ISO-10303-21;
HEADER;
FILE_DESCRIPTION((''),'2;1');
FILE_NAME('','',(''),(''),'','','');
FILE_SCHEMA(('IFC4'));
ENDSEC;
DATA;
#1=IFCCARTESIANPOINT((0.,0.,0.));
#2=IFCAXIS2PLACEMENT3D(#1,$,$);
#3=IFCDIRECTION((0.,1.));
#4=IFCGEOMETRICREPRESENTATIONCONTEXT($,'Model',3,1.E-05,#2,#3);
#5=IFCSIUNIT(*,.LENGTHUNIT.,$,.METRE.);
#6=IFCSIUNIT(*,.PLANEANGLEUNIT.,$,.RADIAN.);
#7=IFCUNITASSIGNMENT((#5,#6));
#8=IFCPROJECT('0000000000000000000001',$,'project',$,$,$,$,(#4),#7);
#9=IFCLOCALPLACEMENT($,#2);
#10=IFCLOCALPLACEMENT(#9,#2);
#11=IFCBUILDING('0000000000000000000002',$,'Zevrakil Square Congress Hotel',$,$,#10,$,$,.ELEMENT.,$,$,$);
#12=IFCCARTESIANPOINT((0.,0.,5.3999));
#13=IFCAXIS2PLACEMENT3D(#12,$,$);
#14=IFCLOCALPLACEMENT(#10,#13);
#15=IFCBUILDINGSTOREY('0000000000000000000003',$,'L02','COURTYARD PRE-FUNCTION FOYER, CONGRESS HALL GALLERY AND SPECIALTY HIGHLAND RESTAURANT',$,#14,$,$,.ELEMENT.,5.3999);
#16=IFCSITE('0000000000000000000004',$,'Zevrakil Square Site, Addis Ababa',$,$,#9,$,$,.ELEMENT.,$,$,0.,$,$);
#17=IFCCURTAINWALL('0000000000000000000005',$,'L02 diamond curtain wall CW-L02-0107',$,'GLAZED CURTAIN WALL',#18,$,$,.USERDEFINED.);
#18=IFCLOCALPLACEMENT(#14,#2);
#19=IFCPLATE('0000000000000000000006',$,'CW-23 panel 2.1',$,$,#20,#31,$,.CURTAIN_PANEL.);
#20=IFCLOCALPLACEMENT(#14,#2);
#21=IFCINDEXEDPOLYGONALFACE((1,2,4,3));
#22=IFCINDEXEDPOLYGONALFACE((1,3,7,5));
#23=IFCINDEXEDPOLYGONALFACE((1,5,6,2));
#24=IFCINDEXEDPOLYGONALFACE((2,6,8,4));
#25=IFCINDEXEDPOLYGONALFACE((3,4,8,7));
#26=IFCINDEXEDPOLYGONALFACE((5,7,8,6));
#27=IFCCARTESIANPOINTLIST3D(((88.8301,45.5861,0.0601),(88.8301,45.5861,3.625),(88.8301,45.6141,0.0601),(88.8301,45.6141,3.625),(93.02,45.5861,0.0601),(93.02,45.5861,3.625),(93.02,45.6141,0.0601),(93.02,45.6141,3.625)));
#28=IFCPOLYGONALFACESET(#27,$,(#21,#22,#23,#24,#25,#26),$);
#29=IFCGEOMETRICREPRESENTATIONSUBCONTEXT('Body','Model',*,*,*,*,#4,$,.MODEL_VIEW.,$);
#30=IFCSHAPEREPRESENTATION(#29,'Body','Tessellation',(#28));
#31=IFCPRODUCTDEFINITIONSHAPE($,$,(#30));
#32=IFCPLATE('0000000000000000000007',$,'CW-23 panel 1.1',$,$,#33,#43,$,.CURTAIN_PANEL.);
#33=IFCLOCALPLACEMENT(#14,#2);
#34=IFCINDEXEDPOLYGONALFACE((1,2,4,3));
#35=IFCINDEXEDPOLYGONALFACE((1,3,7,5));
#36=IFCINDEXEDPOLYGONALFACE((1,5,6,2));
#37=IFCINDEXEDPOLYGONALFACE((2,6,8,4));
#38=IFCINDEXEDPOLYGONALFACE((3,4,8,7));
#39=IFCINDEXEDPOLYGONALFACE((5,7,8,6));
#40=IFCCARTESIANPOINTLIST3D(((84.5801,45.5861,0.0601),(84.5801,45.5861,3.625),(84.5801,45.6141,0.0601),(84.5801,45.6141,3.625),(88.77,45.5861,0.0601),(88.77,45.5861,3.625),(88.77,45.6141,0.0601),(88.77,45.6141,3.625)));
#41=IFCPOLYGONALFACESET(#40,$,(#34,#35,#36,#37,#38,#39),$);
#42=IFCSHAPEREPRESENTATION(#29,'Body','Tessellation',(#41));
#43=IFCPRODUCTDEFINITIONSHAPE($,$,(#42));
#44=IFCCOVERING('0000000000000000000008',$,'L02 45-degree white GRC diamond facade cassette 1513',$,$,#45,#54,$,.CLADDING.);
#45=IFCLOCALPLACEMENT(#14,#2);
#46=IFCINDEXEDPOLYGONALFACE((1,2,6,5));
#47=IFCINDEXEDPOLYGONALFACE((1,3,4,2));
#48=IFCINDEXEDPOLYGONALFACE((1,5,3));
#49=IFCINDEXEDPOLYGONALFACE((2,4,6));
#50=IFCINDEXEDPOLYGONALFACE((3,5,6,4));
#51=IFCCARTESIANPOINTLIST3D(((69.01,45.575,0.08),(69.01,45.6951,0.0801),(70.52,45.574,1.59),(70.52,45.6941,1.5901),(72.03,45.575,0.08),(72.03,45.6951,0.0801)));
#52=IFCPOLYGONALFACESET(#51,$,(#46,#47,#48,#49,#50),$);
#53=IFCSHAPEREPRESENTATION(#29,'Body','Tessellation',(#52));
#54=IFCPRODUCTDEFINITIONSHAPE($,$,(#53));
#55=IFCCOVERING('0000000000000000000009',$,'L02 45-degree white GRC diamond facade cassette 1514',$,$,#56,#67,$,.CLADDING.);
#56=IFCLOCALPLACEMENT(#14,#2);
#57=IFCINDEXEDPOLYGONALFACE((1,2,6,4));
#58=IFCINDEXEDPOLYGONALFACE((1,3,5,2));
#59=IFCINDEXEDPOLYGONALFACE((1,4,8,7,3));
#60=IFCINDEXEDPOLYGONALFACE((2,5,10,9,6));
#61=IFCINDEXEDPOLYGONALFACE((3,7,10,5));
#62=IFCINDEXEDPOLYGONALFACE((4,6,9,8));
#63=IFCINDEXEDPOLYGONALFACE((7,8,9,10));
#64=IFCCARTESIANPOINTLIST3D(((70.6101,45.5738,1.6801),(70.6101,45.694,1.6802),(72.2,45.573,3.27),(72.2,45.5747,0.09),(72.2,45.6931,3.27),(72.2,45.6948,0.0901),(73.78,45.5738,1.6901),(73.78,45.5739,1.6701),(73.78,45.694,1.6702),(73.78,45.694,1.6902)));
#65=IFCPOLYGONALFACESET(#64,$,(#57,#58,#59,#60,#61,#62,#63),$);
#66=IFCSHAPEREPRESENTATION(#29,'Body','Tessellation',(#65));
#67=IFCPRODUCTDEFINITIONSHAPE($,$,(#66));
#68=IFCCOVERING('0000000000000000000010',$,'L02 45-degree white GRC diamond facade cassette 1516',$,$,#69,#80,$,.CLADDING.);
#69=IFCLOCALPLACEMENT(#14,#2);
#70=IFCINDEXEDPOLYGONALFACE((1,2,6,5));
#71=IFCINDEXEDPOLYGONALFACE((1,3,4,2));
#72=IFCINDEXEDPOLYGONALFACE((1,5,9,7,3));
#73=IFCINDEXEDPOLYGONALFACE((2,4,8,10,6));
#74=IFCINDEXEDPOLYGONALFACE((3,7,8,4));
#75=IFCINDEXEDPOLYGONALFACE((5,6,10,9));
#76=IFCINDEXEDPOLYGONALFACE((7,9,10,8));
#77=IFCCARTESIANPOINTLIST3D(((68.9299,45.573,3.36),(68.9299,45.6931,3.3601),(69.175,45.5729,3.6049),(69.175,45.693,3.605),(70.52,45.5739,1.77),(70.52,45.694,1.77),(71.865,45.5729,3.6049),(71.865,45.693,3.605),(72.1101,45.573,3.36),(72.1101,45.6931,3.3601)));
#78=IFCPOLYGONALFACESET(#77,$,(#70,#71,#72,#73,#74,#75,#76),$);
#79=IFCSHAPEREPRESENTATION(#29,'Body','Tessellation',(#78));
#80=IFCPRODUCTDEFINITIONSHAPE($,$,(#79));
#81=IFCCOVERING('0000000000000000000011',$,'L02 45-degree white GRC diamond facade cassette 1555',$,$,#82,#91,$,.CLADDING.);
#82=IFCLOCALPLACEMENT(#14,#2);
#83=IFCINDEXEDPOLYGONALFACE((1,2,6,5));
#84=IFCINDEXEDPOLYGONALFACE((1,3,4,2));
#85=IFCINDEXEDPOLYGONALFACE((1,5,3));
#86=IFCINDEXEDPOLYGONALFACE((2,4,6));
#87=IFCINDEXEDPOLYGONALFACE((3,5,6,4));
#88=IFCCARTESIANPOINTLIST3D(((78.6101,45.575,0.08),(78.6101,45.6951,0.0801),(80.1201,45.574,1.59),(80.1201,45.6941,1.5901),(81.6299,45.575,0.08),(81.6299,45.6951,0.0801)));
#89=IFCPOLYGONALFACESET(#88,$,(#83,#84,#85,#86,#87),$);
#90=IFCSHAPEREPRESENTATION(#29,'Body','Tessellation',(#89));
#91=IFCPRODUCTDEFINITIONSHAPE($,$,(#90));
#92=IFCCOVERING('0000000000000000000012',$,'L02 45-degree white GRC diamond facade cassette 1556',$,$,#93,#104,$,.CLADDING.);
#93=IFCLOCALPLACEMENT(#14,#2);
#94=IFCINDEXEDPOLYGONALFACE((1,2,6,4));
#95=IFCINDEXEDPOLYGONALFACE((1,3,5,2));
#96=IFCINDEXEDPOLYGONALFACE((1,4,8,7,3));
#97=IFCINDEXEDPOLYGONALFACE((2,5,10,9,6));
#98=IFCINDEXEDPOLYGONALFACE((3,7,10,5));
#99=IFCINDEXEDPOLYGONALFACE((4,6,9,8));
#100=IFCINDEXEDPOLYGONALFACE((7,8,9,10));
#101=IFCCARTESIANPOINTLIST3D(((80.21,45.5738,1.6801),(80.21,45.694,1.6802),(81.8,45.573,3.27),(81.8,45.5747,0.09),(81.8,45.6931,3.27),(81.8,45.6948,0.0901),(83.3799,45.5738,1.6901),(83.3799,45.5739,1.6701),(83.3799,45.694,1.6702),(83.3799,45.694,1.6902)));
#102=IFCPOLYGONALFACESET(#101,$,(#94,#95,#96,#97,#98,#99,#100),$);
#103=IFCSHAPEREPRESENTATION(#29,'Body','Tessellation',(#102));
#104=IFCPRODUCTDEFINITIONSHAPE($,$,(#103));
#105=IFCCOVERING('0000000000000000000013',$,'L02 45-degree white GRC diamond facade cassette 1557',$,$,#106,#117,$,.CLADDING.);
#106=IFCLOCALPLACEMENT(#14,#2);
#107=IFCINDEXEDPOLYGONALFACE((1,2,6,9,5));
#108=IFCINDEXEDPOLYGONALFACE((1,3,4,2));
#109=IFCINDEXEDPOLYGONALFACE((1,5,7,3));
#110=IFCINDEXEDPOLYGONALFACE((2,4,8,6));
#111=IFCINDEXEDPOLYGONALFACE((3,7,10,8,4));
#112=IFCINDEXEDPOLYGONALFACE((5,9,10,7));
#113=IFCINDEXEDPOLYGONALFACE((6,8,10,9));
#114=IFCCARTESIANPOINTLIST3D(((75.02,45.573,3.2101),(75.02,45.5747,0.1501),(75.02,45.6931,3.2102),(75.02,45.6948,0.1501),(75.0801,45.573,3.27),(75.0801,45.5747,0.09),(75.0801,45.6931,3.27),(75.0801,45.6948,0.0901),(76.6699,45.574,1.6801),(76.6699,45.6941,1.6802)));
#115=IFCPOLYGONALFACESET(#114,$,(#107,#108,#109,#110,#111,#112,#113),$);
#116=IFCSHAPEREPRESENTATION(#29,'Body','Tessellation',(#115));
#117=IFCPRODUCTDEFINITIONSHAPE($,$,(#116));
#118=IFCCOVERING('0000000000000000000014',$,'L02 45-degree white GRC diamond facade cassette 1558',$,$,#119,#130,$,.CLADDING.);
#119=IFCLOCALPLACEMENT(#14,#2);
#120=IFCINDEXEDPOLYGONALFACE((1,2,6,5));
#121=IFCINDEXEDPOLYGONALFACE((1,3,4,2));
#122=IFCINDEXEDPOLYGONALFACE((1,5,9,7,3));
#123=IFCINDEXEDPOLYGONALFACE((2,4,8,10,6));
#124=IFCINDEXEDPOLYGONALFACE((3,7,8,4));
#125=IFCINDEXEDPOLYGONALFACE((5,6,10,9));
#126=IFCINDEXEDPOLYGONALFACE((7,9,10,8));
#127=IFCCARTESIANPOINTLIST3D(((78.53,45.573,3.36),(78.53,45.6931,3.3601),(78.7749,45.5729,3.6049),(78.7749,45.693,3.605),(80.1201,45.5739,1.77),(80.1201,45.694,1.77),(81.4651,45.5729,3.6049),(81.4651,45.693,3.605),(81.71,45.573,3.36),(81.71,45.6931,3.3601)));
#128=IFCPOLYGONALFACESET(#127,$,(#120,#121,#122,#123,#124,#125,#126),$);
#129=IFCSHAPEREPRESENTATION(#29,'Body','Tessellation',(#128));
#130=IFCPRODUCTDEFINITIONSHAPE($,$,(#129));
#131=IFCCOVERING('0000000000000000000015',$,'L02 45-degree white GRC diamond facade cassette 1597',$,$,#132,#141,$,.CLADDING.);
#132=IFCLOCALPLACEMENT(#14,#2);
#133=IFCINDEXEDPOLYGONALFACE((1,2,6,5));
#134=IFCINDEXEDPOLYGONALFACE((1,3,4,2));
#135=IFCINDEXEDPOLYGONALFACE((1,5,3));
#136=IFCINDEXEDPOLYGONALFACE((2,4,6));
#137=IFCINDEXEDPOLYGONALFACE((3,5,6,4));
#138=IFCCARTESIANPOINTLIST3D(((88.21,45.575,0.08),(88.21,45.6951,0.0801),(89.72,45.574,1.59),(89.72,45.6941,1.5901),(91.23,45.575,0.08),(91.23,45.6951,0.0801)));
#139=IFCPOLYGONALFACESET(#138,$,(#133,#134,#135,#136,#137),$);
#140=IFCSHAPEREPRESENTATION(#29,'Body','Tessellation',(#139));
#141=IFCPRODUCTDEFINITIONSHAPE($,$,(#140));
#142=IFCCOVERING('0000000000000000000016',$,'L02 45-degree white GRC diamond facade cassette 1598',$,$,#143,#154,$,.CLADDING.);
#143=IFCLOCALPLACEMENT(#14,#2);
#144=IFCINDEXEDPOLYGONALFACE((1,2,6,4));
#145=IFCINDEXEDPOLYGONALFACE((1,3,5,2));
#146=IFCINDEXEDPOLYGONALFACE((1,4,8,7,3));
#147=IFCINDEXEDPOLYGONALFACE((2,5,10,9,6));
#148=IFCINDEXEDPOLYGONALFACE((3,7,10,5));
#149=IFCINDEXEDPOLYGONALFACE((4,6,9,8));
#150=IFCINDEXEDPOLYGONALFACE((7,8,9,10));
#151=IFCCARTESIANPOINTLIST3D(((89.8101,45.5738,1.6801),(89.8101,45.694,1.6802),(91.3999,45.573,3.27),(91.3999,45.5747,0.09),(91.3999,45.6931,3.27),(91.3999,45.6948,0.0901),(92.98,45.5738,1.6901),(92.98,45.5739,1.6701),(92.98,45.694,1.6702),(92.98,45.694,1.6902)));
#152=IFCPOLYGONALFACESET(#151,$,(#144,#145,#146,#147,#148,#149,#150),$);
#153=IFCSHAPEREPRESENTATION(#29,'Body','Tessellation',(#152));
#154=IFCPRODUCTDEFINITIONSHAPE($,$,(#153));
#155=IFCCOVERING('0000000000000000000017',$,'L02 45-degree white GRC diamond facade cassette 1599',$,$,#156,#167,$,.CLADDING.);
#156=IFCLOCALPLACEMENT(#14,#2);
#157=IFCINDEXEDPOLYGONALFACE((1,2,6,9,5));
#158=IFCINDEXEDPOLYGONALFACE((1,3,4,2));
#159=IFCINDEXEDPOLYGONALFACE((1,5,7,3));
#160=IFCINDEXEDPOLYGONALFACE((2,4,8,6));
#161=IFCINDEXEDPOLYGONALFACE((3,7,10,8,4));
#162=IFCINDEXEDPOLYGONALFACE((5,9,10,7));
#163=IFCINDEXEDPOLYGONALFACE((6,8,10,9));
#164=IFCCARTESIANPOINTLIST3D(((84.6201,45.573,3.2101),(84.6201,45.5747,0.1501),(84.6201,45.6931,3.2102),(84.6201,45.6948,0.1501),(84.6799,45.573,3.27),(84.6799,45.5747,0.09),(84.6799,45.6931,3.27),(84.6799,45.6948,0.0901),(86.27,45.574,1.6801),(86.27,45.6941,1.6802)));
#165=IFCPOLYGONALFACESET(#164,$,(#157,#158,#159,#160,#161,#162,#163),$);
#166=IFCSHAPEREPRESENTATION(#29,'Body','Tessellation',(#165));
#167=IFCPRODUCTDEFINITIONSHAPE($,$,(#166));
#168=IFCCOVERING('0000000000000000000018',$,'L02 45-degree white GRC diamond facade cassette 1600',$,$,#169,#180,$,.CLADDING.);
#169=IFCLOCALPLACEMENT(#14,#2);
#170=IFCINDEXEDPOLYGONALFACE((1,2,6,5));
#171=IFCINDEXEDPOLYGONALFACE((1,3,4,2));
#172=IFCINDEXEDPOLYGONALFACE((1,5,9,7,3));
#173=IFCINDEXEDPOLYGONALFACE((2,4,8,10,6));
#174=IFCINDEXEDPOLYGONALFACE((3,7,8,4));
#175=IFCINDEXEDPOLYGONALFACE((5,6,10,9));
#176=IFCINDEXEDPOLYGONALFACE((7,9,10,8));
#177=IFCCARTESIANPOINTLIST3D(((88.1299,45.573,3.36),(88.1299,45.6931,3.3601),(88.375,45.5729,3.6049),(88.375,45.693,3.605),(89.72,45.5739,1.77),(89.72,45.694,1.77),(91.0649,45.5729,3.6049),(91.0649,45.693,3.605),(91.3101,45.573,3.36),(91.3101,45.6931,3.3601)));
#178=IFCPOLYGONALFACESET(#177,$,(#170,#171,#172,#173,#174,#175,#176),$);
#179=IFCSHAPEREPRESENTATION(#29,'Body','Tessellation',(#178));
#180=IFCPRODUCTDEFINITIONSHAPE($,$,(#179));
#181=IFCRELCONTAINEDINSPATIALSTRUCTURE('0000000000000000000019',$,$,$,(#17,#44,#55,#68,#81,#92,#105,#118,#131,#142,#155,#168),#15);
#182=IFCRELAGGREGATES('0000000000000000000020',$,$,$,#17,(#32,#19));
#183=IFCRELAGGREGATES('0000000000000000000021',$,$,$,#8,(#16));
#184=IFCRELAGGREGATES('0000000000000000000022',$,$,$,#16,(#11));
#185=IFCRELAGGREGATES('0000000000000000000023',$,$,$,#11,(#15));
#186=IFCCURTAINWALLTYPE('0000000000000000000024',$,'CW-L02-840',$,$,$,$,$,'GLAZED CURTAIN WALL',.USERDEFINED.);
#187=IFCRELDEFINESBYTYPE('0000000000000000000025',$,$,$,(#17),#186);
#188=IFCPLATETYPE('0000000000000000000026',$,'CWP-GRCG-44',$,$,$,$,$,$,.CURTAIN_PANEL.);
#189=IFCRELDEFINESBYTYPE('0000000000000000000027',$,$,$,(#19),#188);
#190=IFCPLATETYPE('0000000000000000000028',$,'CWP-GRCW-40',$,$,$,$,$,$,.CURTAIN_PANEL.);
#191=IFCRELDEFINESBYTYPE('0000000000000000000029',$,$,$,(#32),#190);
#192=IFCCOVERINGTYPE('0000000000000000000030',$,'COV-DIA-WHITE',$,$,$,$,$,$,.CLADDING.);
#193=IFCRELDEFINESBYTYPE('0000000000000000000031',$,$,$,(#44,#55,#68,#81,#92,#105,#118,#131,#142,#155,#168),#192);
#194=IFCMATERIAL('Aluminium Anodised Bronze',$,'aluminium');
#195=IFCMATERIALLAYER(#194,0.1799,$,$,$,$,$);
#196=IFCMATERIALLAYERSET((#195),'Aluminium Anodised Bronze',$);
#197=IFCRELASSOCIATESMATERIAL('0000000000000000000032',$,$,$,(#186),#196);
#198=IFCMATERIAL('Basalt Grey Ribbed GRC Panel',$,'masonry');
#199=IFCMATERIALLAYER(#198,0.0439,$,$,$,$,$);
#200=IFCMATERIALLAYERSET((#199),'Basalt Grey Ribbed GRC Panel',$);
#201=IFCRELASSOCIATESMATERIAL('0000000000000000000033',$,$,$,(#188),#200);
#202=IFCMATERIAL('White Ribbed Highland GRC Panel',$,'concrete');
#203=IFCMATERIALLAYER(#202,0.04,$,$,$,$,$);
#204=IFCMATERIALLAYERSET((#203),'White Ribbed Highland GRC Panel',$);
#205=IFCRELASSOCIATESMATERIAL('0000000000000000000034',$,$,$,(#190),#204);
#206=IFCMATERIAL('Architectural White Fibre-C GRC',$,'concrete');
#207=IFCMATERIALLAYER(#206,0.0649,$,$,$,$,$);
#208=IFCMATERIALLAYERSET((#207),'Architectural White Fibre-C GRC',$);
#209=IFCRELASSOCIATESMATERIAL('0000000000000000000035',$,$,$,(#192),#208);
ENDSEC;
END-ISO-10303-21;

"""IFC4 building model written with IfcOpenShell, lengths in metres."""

from ifc_helpers import new_model, si_unit, direction, frame, origin, origin_2d, place, context, subcontext, project, spatial, polyline, rectangle, outline, extrude, material, layer, layer_set, type_object, element, aggregate, save


model = new_model("IFC4")

# Units and contexts
model_context = context("Model", 3, precision=1e-05, world=origin(), true_north=direction((0.0, 1.0)))
body_context = subcontext(model_context, "Body", "Model", "MODEL_VIEW")
ifc_project = project(units=[si_unit("LENGTHUNIT", "METRE"), si_unit("PLANEANGLEUNIT", "RADIAN")], contexts=[model_context])

# Site, building, storey
site_placement = place(None, origin())
site = spatial("IfcSite", under=ifc_project, at=site_placement, Name="Zevrakil Square Site, Addis Ababa", CompositionType="ELEMENT", RefElevation=0.0)
building_placement = place(site_placement, origin())
building = spatial("IfcBuilding", under=site, at=building_placement, Name="Zevrakil Square Congress Hotel", CompositionType="ELEMENT")
storey_placement = place(building_placement, frame((0.0, 0.0, 5.3999)))
storey = spatial("IfcBuildingStorey", under=building, at=storey_placement, Name="L02", Description="COURTYARD PRE-FUNCTION FOYER, CONGRESS HALL GALLERY AND SPECIALTY HIGHLAND RESTAURANT", CompositionType="ELEMENT", Elevation=5.3999)

# Curtain wall, plates
ifc_material_1 = material(Name="Aluminium Anodised Bronze", Category="aluminium")
ifc_layer_1 = layer(ifc_material_1, 0.1799)
ifc_layer_set_1 = layer_set([ifc_layer_1], Name="Aluminium Anodised Bronze")
curtain_wall_type = type_object("IfcCurtainWallType", Name="CW-L02-840", ElementType="GLAZED CURTAIN WALL", PredefinedType="USERDEFINED", material=ifc_layer_set_1)
curtain_wall_placement = place(storey_placement, origin())
curtain_wall = element("IfcCurtainWall", 1, at=curtain_wall_placement, inside=storey, type_object=curtain_wall_type, Name="L02 diamond curtain wall CW-L02-0107", ObjectType="GLAZED CURTAIN WALL", PredefinedType="USERDEFINED")
ifc_material_2 = material(Name="Basalt Grey Ribbed GRC Panel", Category="masonry")
ifc_layer_2 = layer(ifc_material_2, 0.0439)
ifc_layer_set_2 = layer_set([ifc_layer_2], Name="Basalt Grey Ribbed GRC Panel")
plate_type_1 = type_object("IfcPlateType", Name="CWP-GRCG-44", PredefinedType="CURTAIN_PANEL", material=ifc_layer_set_2)
plate_1_placement = place(storey_placement, frame((90.925, 45.6001, 0.0601), z_axis=(0.0, 0.0, 1.0), x_axis=(1.0, 0.0, 0.0)))
plate_1 = element("IfcPlate", 2, at=plate_1_placement, type_object=plate_type_1, Name="CW-23 panel 2.1", PredefinedType="CURTAIN_PANEL", context=body_context, shape_type="SweptSolid", body=[
    extrude(rectangle(XDim=4.1899, YDim=0.0281, at=origin_2d()), origin(), (0.0, 0.0, 1.0), 3.5649),
])
ifc_material_3 = material(Name="White Ribbed Highland GRC Panel", Category="concrete")
ifc_layer_3 = layer(ifc_material_3, 0.04)
ifc_layer_set_3 = layer_set([ifc_layer_3], Name="White Ribbed Highland GRC Panel")
plate_type_2 = type_object("IfcPlateType", Name="CWP-GRCW-40", PredefinedType="CURTAIN_PANEL", material=ifc_layer_set_3)
plate_2_placement = place(storey_placement, frame((86.675, 45.6001, 0.0601), z_axis=(0.0, 0.0, 1.0), x_axis=(1.0, 0.0, 0.0)))
plate_2 = element("IfcPlate", 3, at=plate_2_placement, type_object=plate_type_2, Name="CW-23 panel 1.1", PredefinedType="CURTAIN_PANEL", context=body_context, shape_type="SweptSolid", body=[
    extrude(rectangle(XDim=4.1899, YDim=0.0281, at=origin_2d()), origin(), (0.0, 0.0, 1.0), 3.5649),
])
aggregate(curtain_wall, [plate_2, plate_1])

# Coverings
ifc_material_4 = material(Name="Architectural White Fibre-C GRC", Category="concrete")
ifc_layer_4 = layer(ifc_material_4, 0.0649)
ifc_layer_set_4 = layer_set([ifc_layer_4], Name="Architectural White Fibre-C GRC")
covering_type_1 = type_object("IfcCoveringType", Name="COV-DIA-WHITE", PredefinedType="CLADDING", material=ifc_layer_set_4)
covering_1_placement = place(storey_placement, frame((70.52, 45.6941, 1.5901), z_axis=(0.0, 1.0, 0.000647), x_axis=(-0.707107, 0.000457, -0.707107)))
element("IfcCovering", 4, at=covering_1_placement, inside=storey, type_object=covering_type_1, Name="L02 45-degree white GRC diamond facade cassette 1513", PredefinedType="CLADDING", context=body_context, shape_type="SweptSolid", body=[
    extrude(outline(polyline([(0.0, 0.0), (2.1355, 0.0), (0.0, -2.1355), (0.0, 0.0)])), origin(), (0.0, 0.0, -1.0), 0.1201),
])
covering_2_placement = place(storey_placement, frame((72.2, 45.6931, 3.27), z_axis=(0.0, 1.0, 0.000536), x_axis=(-0.707107, 0.000379, -0.707107)))
element("IfcCovering", 5, at=covering_2_placement, inside=storey, type_object=covering_type_1, Name="L02 45-degree white GRC diamond facade cassette 1514", PredefinedType="CLADDING", context=body_context, shape_type="SweptSolid", body=[
    extrude(outline(polyline([(0.0, 0.0), (2.2484, 0.0), (2.2486, -2.2486), (0.014, -2.2486), (-0.0002, -2.2344), (0.0, 0.0)])), origin(), (0.0, 0.0, -1.0), 0.1201),
])
covering_3_placement = place(storey_placement, frame((68.9299, 45.6931, 3.3601), z_axis=(0.0, 1.0, 0.000579), x_axis=(0.707107, 0.00041, -0.707107)))
element("IfcCovering", 6, at=covering_3_placement, inside=storey, type_object=covering_type_1, Name="L02 45-degree white GRC diamond facade cassette 1516", PredefinedType="CLADDING", context=body_context, shape_type="SweptSolid", body=[
    extrude(outline(polyline([(0.0, 0.0), (2.2487, 0.0), (2.2487, -2.2487), (1.9022, -2.2486), (0.0002, -0.3465), (0.0, 0.0)])), origin(), (0.0, 0.0, -1.0), 0.1201),
])
covering_4_placement = place(storey_placement, frame((80.1201, 45.6941, 1.5901), z_axis=(0.0, 1.0, 0.000647), x_axis=(-0.707107, 0.000457, -0.707107)))
element("IfcCovering", 7, at=covering_4_placement, inside=storey, type_object=covering_type_1, Name="L02 45-degree white GRC diamond facade cassette 1555", PredefinedType="CLADDING", context=body_context, shape_type="SweptSolid", body=[
    extrude(outline(polyline([(0.0, 0.0), (2.1355, 0.0), (0.0002, -2.1353), (0.0, 0.0)])), origin(), (0.0, 0.0, -1.0), 0.1201),
])
covering_5_placement = place(storey_placement, frame((81.8, 45.6931, 3.27), z_axis=(0.0, 1.0, 0.000536), x_axis=(-0.707161, 0.000379, -0.707052)))
element("IfcCovering", 8, at=covering_5_placement, inside=storey, type_object=covering_type_1, Name="L02 45-degree white GRC diamond facade cassette 1556", PredefinedType="CLADDING", context=body_context, shape_type="SweptSolid", body=[
    extrude(outline(polyline([(0.0, 0.0), (2.2486, 0.0), (2.2484, -2.2487), (0.014, -2.2484), (-0.0002, -2.2342), (0.0, 0.0)])), origin(), (0.0, 0.0, -1.0), 0.1201),
])
covering_6_placement = place(storey_placement, frame((75.0801, 45.6948, 0.0901), z_axis=(-0.000071, 1.0, 0.000538), x_axis=(0.707052, -0.00033, 0.707161)))
element("IfcCovering", 9, at=covering_6_placement, inside=storey, type_object=covering_type_1, Name="L02 45-degree white GRC diamond facade cassette 1557", PredefinedType="CLADDING", context=body_context, shape_type="SweptSolid", body=[
    extrude(outline(polyline([(0.0, 0.0), (2.2486, 0.0), (2.2487, -2.2484), (2.164, -2.2486), (0.0, -0.0849), (0.0, 0.0)])), origin(), (0.0, 0.0, -1.0), 0.1201),
])
covering_7_placement = place(storey_placement, frame((78.53, 45.6931, 3.3601), z_axis=(0.0, 1.0, 0.000579), x_axis=(0.707107, 0.00041, -0.707107)))
element("IfcCovering", 10, at=covering_7_placement, inside=storey, type_object=covering_type_1, Name="L02 45-degree white GRC diamond facade cassette 1558", PredefinedType="CLADDING", context=body_context, shape_type="SweptSolid", body=[
    extrude(outline(polyline([(0.0, 0.0), (2.2487, 0.0), (2.2486, -2.2486), (1.9022, -2.2486), (0.0, -0.3463), (0.0, 0.0)])), origin(), (0.0, 0.0, -1.0), 0.1201),
])
covering_8_placement = place(storey_placement, frame((89.72, 45.6941, 1.5901), z_axis=(0.0, 1.0, 0.000647), x_axis=(-0.707107, 0.000457, -0.707107)))
element("IfcCovering", 11, at=covering_8_placement, inside=storey, type_object=covering_type_1, Name="L02 45-degree white GRC diamond facade cassette 1597", PredefinedType="CLADDING", context=body_context, shape_type="SweptSolid", body=[
    extrude(outline(polyline([(0.0, 0.0), (2.1355, 0.0), (0.0, -2.1355), (0.0, 0.0)])), origin(), (0.0, 0.0, -1.0), 0.1201),
])
covering_9_placement = place(storey_placement, frame((91.3999, 45.6931, 3.27), z_axis=(0.0, 1.0, 0.000536), x_axis=(-0.707107, 0.000379, -0.707107)))
element("IfcCovering", 12, at=covering_9_placement, inside=storey, type_object=covering_type_1, Name="L02 45-degree white GRC diamond facade cassette 1598", PredefinedType="CLADDING", context=body_context, shape_type="SweptSolid", body=[
    extrude(outline(polyline([(0.0, 0.0), (2.2484, 0.0), (2.2486, -2.2486), (0.014, -2.2486), (-0.0002, -2.2344), (0.0, 0.0)])), origin(), (0.0, 0.0, -1.0), 0.1201),
])
covering_10_placement = place(storey_placement, frame((84.6799, 45.6948, 0.0901), z_axis=(-0.000071, 1.0, 0.000538), x_axis=(0.707107, -0.00033, 0.707107)))
element("IfcCovering", 13, at=covering_10_placement, inside=storey, type_object=covering_type_1, Name="L02 45-degree white GRC diamond facade cassette 1599", PredefinedType="CLADDING", context=body_context, shape_type="SweptSolid", body=[
    extrude(outline(polyline([(0.0, 0.0), (2.2487, 0.0), (2.2486, -2.2486), (2.164, -2.2486), (0.0002, -0.0848), (0.0, 0.0)])), origin(), (0.0, 0.0, -1.0), 0.1201),
])
covering_11_placement = place(storey_placement, frame((88.1299, 45.6931, 3.3601), z_axis=(0.0, 1.0, 0.000579), x_axis=(0.707107, 0.00041, -0.707107)))
element("IfcCovering", 14, at=covering_11_placement, inside=storey, type_object=covering_type_1, Name="L02 45-degree white GRC diamond facade cassette 1600", PredefinedType="CLADDING", context=body_context, shape_type="SweptSolid", body=[
    extrude(outline(polyline([(0.0, 0.0), (2.2487, 0.0), (2.2487, -2.2487), (1.9022, -2.2486), (0.0002, -0.3465), (0.0, 0.0)])), origin(), (0.0, 0.0, -1.0), 0.1201),
])

save(model, "model.ifc")
